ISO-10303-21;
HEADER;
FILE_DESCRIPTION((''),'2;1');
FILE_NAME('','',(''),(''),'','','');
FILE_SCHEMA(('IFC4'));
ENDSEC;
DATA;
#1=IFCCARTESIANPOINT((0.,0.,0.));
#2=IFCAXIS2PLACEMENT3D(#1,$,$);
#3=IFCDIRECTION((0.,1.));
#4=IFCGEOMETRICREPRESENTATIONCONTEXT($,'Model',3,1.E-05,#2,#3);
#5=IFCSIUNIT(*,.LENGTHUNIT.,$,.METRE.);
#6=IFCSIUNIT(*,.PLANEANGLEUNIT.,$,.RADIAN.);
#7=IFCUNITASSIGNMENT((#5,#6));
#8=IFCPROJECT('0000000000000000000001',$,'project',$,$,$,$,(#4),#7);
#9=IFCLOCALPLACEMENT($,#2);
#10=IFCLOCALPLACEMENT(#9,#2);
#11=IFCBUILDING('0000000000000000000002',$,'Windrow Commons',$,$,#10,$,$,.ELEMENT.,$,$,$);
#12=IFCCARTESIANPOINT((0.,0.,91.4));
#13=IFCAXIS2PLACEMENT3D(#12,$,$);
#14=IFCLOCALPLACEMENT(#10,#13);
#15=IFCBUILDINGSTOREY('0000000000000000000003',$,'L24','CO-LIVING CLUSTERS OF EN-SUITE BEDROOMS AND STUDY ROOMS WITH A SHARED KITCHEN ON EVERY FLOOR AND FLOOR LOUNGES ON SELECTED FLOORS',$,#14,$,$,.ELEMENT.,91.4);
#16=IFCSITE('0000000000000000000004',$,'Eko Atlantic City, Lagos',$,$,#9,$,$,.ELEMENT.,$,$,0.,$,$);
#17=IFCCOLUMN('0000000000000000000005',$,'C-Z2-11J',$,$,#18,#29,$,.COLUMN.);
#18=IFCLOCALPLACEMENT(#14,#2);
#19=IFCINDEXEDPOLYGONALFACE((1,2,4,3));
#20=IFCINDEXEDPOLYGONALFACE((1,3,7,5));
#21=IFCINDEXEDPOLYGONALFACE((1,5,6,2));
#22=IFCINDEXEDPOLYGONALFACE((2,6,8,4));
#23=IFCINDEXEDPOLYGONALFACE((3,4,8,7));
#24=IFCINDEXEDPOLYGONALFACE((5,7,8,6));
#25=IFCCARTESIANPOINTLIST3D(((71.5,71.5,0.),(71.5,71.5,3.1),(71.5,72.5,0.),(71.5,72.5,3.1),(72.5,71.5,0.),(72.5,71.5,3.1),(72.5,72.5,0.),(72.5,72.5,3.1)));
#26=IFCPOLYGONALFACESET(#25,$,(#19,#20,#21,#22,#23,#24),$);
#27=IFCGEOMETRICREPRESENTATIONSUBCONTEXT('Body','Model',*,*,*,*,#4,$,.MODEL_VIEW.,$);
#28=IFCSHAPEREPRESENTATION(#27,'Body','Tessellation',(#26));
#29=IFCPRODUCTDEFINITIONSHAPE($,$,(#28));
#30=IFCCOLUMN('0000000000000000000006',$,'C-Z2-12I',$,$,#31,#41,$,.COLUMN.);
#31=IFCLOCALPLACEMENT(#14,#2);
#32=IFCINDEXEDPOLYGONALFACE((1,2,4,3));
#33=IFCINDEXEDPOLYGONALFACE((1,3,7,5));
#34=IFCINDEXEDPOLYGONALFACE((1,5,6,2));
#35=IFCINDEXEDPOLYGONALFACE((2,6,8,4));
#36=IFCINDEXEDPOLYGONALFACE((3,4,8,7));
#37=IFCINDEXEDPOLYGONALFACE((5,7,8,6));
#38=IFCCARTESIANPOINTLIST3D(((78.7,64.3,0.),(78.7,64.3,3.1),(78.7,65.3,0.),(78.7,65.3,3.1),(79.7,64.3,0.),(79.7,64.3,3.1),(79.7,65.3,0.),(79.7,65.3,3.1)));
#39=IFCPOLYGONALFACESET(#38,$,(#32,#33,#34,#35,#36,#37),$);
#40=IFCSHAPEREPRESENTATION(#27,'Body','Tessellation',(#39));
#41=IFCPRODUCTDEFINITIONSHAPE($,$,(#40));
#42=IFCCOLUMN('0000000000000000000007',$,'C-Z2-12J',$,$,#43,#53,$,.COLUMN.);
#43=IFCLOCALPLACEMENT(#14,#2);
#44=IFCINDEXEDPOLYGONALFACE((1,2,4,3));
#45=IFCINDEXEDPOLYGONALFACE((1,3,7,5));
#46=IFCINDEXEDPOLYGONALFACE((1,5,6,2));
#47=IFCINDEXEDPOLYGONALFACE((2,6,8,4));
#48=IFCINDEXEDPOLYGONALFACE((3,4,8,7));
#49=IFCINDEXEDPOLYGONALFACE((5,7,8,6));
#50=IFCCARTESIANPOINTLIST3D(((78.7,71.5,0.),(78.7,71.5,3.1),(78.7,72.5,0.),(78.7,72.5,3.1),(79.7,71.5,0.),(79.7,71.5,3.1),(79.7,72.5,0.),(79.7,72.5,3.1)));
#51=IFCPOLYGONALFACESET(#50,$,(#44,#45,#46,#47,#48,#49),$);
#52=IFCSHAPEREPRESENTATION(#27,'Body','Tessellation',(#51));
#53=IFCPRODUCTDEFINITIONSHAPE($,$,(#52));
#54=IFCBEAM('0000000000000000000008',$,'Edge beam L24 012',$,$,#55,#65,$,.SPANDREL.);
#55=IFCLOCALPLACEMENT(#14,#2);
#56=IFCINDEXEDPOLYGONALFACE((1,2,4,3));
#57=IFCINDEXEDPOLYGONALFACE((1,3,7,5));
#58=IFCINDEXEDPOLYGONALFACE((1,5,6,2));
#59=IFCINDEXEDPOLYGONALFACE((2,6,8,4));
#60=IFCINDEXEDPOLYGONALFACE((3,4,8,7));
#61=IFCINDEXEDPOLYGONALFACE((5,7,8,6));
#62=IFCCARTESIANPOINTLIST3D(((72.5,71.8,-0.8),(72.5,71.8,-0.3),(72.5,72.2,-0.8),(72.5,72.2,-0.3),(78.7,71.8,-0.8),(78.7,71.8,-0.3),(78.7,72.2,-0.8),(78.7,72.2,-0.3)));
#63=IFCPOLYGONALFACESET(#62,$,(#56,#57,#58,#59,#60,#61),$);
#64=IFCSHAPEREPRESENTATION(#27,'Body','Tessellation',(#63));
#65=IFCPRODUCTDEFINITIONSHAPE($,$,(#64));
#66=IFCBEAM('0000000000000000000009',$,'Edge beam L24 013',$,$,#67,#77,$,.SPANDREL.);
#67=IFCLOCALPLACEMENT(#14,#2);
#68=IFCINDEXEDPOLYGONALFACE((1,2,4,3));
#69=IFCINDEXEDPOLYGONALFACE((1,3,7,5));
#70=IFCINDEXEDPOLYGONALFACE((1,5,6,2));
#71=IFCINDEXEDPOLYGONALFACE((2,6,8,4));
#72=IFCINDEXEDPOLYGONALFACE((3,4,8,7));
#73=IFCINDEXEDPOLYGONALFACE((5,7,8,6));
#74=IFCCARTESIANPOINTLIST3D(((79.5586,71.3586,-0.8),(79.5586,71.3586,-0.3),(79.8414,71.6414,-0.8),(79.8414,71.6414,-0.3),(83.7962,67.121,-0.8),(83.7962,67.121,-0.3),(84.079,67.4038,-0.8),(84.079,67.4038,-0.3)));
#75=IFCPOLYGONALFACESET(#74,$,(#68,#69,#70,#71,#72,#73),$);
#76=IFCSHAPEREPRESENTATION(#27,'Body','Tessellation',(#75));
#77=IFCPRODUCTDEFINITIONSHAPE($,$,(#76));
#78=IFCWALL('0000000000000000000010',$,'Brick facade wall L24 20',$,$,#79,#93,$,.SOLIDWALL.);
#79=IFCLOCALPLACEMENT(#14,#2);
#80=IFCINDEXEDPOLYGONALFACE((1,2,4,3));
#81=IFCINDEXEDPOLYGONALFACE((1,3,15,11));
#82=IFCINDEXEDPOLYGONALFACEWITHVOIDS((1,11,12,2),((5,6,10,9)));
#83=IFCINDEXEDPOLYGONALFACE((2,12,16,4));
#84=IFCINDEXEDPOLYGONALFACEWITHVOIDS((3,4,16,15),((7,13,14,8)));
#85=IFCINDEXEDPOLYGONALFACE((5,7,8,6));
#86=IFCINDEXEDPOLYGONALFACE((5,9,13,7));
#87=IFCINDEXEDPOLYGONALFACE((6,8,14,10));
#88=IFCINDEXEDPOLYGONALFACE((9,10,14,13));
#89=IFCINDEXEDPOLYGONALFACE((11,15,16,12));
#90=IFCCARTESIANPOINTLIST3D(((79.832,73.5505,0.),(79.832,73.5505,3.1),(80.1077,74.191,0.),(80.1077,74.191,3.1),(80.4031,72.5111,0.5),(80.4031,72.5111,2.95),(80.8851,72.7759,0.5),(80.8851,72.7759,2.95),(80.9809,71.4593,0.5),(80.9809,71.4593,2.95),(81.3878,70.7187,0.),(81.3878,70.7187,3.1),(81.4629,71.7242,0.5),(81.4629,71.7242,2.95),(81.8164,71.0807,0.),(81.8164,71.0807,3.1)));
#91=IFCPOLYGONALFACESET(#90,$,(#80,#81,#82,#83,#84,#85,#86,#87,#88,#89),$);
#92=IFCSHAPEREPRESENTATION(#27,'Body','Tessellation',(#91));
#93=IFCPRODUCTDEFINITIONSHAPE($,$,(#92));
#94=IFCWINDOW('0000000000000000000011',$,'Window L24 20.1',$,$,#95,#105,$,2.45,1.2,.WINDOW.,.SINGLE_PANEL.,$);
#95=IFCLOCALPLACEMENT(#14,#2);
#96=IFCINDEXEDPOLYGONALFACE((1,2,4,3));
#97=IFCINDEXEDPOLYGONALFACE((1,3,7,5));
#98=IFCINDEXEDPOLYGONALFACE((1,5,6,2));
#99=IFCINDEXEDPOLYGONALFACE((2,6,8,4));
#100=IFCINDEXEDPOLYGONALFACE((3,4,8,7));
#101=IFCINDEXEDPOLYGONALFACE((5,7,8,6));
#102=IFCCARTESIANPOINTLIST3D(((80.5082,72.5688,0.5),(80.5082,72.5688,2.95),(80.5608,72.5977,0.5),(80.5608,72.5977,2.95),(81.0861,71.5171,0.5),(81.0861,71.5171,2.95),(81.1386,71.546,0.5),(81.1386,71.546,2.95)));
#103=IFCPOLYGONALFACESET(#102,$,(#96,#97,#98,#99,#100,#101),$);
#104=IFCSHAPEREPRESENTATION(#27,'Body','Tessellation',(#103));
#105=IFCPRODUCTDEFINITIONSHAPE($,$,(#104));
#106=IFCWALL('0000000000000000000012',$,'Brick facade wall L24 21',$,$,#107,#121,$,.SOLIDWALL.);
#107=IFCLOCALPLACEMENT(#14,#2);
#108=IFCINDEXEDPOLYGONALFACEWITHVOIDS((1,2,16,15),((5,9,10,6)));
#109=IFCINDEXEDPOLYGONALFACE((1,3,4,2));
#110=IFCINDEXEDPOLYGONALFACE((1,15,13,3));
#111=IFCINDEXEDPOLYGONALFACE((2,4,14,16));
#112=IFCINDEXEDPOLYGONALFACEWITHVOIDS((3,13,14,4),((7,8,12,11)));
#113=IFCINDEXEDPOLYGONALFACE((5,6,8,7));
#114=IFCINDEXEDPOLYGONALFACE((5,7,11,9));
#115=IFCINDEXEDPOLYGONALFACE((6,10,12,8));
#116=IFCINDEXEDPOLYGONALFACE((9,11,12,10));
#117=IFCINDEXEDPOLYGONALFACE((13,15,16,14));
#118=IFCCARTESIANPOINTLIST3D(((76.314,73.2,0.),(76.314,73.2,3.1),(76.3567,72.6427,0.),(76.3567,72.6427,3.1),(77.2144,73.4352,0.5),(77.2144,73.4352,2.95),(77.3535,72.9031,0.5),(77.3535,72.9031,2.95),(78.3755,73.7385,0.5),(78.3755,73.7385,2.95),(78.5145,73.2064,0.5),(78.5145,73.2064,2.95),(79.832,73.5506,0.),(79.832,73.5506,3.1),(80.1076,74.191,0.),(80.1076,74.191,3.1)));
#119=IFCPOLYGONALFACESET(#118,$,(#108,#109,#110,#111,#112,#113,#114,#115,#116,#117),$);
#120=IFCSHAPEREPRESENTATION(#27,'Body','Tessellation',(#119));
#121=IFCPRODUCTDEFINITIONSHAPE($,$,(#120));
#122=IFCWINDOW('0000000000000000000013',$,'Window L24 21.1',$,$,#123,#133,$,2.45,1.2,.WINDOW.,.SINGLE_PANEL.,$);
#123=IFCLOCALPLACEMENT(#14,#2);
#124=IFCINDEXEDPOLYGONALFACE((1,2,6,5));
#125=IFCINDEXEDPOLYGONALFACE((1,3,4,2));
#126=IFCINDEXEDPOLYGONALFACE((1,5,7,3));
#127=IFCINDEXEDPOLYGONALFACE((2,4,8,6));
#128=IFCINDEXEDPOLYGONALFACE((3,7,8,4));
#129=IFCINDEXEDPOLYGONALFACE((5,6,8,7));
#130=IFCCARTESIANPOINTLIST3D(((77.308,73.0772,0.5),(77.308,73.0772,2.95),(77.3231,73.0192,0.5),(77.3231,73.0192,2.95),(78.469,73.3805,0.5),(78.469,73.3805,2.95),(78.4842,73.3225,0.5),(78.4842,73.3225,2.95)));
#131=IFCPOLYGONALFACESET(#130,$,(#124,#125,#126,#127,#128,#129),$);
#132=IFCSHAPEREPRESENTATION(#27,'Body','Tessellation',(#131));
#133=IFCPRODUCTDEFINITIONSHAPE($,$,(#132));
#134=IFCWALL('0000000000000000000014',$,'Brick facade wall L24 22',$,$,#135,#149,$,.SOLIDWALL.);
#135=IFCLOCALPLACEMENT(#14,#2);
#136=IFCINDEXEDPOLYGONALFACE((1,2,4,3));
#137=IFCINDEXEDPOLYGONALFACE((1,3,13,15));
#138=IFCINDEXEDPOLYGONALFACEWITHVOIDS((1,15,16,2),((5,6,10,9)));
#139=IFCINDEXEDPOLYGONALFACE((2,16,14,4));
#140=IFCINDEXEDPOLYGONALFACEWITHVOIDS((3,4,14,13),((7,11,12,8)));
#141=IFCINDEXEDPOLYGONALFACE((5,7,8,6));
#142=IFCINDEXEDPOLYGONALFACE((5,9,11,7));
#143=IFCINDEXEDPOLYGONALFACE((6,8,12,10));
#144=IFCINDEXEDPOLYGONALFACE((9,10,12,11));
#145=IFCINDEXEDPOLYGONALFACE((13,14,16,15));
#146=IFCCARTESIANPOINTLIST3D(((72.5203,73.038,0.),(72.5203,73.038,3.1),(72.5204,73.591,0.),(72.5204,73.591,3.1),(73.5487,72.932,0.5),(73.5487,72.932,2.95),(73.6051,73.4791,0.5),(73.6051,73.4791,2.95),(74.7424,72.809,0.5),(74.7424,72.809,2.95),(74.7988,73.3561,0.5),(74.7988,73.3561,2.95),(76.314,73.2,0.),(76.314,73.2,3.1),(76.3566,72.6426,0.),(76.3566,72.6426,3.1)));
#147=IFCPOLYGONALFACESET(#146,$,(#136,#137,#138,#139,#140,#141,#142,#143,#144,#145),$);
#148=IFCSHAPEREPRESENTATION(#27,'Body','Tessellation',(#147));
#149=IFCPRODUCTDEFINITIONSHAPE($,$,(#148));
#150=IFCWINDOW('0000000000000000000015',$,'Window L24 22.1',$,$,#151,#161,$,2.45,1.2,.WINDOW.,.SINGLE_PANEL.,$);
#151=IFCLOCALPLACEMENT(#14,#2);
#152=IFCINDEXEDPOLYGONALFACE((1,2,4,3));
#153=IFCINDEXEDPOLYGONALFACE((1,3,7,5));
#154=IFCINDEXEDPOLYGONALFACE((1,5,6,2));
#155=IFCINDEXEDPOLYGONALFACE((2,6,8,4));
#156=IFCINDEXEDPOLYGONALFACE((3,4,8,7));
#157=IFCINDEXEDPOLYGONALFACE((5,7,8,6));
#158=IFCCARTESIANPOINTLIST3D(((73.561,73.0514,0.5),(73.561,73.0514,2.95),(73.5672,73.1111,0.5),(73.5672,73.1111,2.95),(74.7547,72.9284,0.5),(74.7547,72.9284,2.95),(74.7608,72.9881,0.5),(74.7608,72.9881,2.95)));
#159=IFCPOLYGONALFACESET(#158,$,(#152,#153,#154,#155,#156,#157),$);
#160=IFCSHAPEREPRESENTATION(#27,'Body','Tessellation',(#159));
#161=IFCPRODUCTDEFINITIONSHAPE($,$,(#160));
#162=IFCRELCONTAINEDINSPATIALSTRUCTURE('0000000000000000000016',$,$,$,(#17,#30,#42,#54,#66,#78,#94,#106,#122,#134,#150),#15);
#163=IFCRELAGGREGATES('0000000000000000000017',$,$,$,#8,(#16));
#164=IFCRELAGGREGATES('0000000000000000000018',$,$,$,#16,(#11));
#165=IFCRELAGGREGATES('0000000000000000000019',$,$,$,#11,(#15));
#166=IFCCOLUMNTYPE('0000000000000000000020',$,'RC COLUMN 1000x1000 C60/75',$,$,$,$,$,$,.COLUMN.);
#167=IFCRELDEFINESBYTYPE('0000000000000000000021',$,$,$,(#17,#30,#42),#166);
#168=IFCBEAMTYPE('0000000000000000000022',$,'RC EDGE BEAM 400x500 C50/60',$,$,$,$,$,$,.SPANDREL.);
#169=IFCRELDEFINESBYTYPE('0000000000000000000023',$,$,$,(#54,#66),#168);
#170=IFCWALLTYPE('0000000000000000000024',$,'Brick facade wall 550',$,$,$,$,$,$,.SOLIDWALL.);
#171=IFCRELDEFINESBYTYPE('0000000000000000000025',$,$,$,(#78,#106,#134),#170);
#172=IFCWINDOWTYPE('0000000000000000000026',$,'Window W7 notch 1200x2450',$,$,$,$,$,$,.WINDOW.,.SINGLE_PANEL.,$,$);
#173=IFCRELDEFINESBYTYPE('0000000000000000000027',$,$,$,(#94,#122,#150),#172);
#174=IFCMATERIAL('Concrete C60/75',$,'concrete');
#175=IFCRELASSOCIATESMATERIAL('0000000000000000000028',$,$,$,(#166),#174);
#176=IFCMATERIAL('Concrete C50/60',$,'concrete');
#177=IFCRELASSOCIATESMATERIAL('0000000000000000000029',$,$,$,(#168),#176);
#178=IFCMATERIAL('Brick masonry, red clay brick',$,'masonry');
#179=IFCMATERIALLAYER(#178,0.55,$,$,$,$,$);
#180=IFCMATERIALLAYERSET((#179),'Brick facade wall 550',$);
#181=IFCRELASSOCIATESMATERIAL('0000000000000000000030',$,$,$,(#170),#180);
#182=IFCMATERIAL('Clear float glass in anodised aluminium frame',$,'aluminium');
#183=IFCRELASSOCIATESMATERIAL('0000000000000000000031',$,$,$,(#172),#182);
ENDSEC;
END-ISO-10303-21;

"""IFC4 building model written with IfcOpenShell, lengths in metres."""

from ifc_helpers import new_model, si_unit, direction, frame, frame_2d, origin, origin_2d, place, context, subcontext, project, spatial, polyline, rectangle, outline, extrude, material, layer, layer_set, material_profile, profile_set, type_object, element, fill, save


model = new_model("IFC4")

# Units and contexts
model_context = context("Model", 3, precision=1e-05, world=origin(), true_north=direction((0.0, 1.0)))
body_context = subcontext(model_context, "Body", "Model", "MODEL_VIEW")
ifc_project = project(units=[si_unit("LENGTHUNIT", "METRE"), si_unit("PLANEANGLEUNIT", "RADIAN")], contexts=[model_context])

# Site, building, storey
site_placement = place(None, origin())
site = spatial("IfcSite", under=ifc_project, at=site_placement, Name="Eko Atlantic City, Lagos", CompositionType="ELEMENT", RefElevation=0.0)
building_placement = place(site_placement, origin())
building = spatial("IfcBuilding", under=site, at=building_placement, Name="Windrow Commons", CompositionType="ELEMENT")
storey_placement = place(building_placement, frame((0.0, 0.0, 91.4)))
storey = spatial("IfcBuildingStorey", under=building, at=storey_placement, Name="L24", Description="CO-LIVING CLUSTERS OF EN-SUITE BEDROOMS AND STUDY ROOMS WITH A SHARED KITCHEN ON EVERY FLOOR AND FLOOR LOUNGES ON SELECTED FLOORS", CompositionType="ELEMENT", Elevation=91.4)

# Columns
ifc_material_1 = material(Name="Concrete C60/75", Category="concrete")
ifc_material_profile_1 = material_profile(ifc_material_1, rectangle(XDim=1.0, YDim=1.0, at=origin_2d()))
ifc_profile_set_1 = profile_set([ifc_material_profile_1], Name="Concrete C60/75")
column_type = type_object("IfcColumnType", Name="RC COLUMN 1000x1000 C60/75", PredefinedType="COLUMN", material=ifc_profile_set_1)
for number, where, z_axis, x_axis, name in (
    (1, (72.0, 72.0, 0.0), (0.0, 0.0, 1.0), (1.0, 0.0, 0.0), "C-Z2-11J"),
    (2, (79.2, 64.8, 0.0), (0.0, 0.0, 1.0), (1.0, 0.0, 0.0), "C-Z2-12I"),
    (3, (79.2, 72.0, 0.0), (0.0, 0.0, 1.0), (1.0, 0.0, 0.0), "C-Z2-12J"),
):
    element("IfcColumn", number, at=place(storey_placement, frame(where, z_axis=z_axis, x_axis=x_axis)), inside=storey, type_object=column_type, Name=name, PredefinedType="COLUMN", context=body_context, shape_type="SweptSolid", body=[
        extrude(rectangle(XDim=1.0, YDim=1.0, at=origin_2d()), origin(), (0.0, 0.0, 1.0), 3.1),
    ])

# Beams
ifc_material_2 = material(Name="Concrete C50/60", Category="concrete")
ifc_material_profile_2 = material_profile(ifc_material_2, rectangle(XDim=0.4, YDim=0.5, at=origin_2d()))
ifc_profile_set_2 = profile_set([ifc_material_profile_2], Name="Concrete C50/60")
beam_type = type_object("IfcBeamType", Name="RC EDGE BEAM 400x500 C50/60", PredefinedType="SPANDREL", material=ifc_profile_set_2)
beam_1_placement = place(storey_placement, frame((72.5, 72.0, -0.55), z_axis=(1.0, 0.0, 0.0), x_axis=(0.0, 1.0, 0.0)))
element("IfcBeam", 4, at=beam_1_placement, inside=storey, type_object=beam_type, Name="Edge beam L24 012", PredefinedType="SPANDREL", context=body_context, shape_type="SweptSolid", body=[
    extrude(rectangle(XDim=0.4, YDim=0.5, at=origin_2d()), origin(), (0.0, 0.0, 1.0), 6.2),
])
beam_2_placement = place(storey_placement, frame((79.7, 71.5, -0.55), z_axis=(0.707107, -0.707107, 0.0), x_axis=(0.707107, 0.707107, 0.0)))
element("IfcBeam", 5, at=beam_2_placement, inside=storey, type_object=beam_type, Name="Edge beam L24 013", PredefinedType="SPANDREL", context=body_context, shape_type="SweptSolid", body=[
    extrude(rectangle(XDim=0.4, YDim=0.5, at=origin_2d()), origin(), (0.0, 0.0, 1.0), 5.9929),
])

# Walls, openings, windows
ifc_material_3 = material(Name="Brick masonry, red clay brick", Category="masonry")
ifc_layer_1 = layer(ifc_material_3, 0.55)
ifc_layer_set_1 = layer_set([ifc_layer_1], Name="Brick facade wall 550")
wall_type_1 = type_object("IfcWallType", Name="Brick facade wall 550", PredefinedType="SOLIDWALL", material=ifc_layer_set_1)
wall_1_placement = place(storey_placement, frame((81.6021, 70.8997, 0.0), z_axis=(0.0, 0.0, 1.0), x_axis=(-0.48151, 0.876441, 0.0)))
wall_1 = element("IfcWall", 6, at=wall_1_placement, inside=storey, type_object=wall_type_1, Name="Brick facade wall L24 20", PredefinedType="SOLIDWALL", context=body_context, shape_type="SweptSolid", body=[
    extrude(outline(polyline([(0.0554, -0.275), (3.6042, -0.275), (3.1756, 0.275), (-0.0554, 0.275), (0.0554, -0.275)])), origin(), (0.0, 0.0, 1.0), 3.1),
])
opening_1_placement = place(wall_1_placement, frame((0.7896, 0.0, 0.5)))
opening_1 = element("IfcOpeningElement", 7, at=opening_1_placement, cuts=wall_1, PredefinedType="OPENING", context=body_context, shape_type="SweptSolid", body=[
    extrude(rectangle(XDim=1.2, YDim=2.45, at=frame_2d((0.6, 1.225))), frame((0.0, 0.285, 0.0), z_axis=(0.0, -1.0, 0.0), x_axis=(1.0, 0.0, 0.0)), (0.0, 0.0, 1.0), 0.57),
])
ifc_material_4 = material(Name="Clear float glass in anodised aluminium frame", Category="aluminium")
window_type_1 = type_object("IfcWindowType", Name="Window W7 notch 1200x2450", PartitioningType="SINGLE_PANEL", PredefinedType="WINDOW", material=ifc_material_4)
window_1_placement = place(opening_1_placement, origin())
window_1 = element("IfcWindow", 8, at=window_1_placement, inside=storey, type_object=window_type_1, Name="Window L24 20.1", OverallHeight=2.45, OverallWidth=1.2, PartitioningType="SINGLE_PANEL", PredefinedType="WINDOW", context=body_context, shape_type="SweptSolid", body=[
    extrude(rectangle(XDim=1.2, YDim=2.45, at=frame_2d((0.6, 1.225))), frame((0.0, 0.155, 0.0), z_axis=(0.0, -1.0, 0.0), x_axis=(1.0, 0.0, 0.0)), (0.0, 0.0, 1.0), 0.06),
])
fill(opening_1, window_1)
wall_2_placement = place(storey_placement, frame((79.9698, 73.8708, 0.0), z_axis=(0.0, 0.0, 1.0), x_axis=(-0.967528, -0.252763, 0.0)))
wall_2 = element("IfcWall", 9, at=wall_2_placement, inside=storey, type_object=wall_type_1, Name="Brick facade wall L24 21", PredefinedType="SOLIDWALL", context=body_context, shape_type="SweptSolid", body=[
    extrude(outline(polyline([(-0.2143, -0.275), (3.7067, -0.275), (3.8062, 0.275), (0.2143, 0.275), (-0.2143, -0.275)])), origin(), (0.0, 0.0, 1.0), 3.1),
])
opening_2_placement = place(wall_2_placement, frame((1.576, 0.0, 0.5)))
opening_2 = element("IfcOpeningElement", 10, at=opening_2_placement, cuts=wall_2, PredefinedType="OPENING", context=body_context, shape_type="SweptSolid", body=[
    extrude(rectangle(XDim=1.2, YDim=2.45, at=frame_2d((0.6, 1.225))), frame((0.0, 0.285, 0.0), z_axis=(0.0, -1.0, 0.0), x_axis=(1.0, 0.0, 0.0)), (0.0, 0.0, 1.0), 0.57),
])
window_2_placement = place(opening_2_placement, origin())
window_2 = element("IfcWindow", 11, at=window_2_placement, inside=storey, type_object=window_type_1, Name="Window L24 21.1", OverallHeight=2.45, OverallWidth=1.2, PartitioningType="SINGLE_PANEL", PredefinedType="WINDOW", context=body_context, shape_type="SweptSolid", body=[
    extrude(rectangle(XDim=1.2, YDim=2.45, at=frame_2d((0.6, 1.225))), frame((0.0, 0.155, 0.0), z_axis=(0.0, -1.0, 0.0), x_axis=(1.0, 0.0, 0.0)), (0.0, 0.0, 1.0), 0.06),
])
fill(opening_2, window_2)
wall_3_placement = place(storey_placement, frame((76.3353, 72.9213, 0.0), z_axis=(0.0, 0.0, 1.0), x_axis=(-0.994731, 0.102524, 0.0)))
wall_3 = element("IfcWall", 12, at=wall_3_placement, inside=storey, type_object=wall_type_1, Name="Brick facade wall L24 22", PredefinedType="SOLIDWALL", context=body_context, shape_type="SweptSolid", body=[
    extrude(outline(polyline([(0.0498, -0.275), (3.8635, -0.275), (3.8069, 0.275), (-0.0498, 0.275), (0.0498, -0.275)])), origin(), (0.0, 0.0, 1.0), 3.1),
])
opening_3_placement = place(wall_3_placement, frame((1.573, 0.0, 0.5)))
opening_3 = element("IfcOpeningElement", 13, at=opening_3_placement, cuts=wall_3, PredefinedType="OPENING", context=body_context, shape_type="SweptSolid", body=[
    extrude(rectangle(XDim=1.2, YDim=2.45, at=frame_2d((0.6, 1.225))), frame((0.0, 0.285, 0.0), z_axis=(0.0, -1.0, 0.0), x_axis=(1.0, 0.0, 0.0)), (0.0, 0.0, 1.0), 0.57),
])
window_3_placement = place(opening_3_placement, origin())
window_3 = element("IfcWindow", 14, at=window_3_placement, inside=storey, type_object=window_type_1, Name="Window L24 22.1", OverallHeight=2.45, OverallWidth=1.2, PartitioningType="SINGLE_PANEL", PredefinedType="WINDOW", context=body_context, shape_type="SweptSolid", body=[
    extrude(rectangle(XDim=1.2, YDim=2.45, at=frame_2d((0.6, 1.225))), frame((0.0, 0.155, 0.0), z_axis=(0.0, -1.0, 0.0), x_axis=(1.0, 0.0, 0.0)), (0.0, 0.0, 1.0), 0.06),
])
fill(opening_3, window_3)

save(model, "model.ifc")
